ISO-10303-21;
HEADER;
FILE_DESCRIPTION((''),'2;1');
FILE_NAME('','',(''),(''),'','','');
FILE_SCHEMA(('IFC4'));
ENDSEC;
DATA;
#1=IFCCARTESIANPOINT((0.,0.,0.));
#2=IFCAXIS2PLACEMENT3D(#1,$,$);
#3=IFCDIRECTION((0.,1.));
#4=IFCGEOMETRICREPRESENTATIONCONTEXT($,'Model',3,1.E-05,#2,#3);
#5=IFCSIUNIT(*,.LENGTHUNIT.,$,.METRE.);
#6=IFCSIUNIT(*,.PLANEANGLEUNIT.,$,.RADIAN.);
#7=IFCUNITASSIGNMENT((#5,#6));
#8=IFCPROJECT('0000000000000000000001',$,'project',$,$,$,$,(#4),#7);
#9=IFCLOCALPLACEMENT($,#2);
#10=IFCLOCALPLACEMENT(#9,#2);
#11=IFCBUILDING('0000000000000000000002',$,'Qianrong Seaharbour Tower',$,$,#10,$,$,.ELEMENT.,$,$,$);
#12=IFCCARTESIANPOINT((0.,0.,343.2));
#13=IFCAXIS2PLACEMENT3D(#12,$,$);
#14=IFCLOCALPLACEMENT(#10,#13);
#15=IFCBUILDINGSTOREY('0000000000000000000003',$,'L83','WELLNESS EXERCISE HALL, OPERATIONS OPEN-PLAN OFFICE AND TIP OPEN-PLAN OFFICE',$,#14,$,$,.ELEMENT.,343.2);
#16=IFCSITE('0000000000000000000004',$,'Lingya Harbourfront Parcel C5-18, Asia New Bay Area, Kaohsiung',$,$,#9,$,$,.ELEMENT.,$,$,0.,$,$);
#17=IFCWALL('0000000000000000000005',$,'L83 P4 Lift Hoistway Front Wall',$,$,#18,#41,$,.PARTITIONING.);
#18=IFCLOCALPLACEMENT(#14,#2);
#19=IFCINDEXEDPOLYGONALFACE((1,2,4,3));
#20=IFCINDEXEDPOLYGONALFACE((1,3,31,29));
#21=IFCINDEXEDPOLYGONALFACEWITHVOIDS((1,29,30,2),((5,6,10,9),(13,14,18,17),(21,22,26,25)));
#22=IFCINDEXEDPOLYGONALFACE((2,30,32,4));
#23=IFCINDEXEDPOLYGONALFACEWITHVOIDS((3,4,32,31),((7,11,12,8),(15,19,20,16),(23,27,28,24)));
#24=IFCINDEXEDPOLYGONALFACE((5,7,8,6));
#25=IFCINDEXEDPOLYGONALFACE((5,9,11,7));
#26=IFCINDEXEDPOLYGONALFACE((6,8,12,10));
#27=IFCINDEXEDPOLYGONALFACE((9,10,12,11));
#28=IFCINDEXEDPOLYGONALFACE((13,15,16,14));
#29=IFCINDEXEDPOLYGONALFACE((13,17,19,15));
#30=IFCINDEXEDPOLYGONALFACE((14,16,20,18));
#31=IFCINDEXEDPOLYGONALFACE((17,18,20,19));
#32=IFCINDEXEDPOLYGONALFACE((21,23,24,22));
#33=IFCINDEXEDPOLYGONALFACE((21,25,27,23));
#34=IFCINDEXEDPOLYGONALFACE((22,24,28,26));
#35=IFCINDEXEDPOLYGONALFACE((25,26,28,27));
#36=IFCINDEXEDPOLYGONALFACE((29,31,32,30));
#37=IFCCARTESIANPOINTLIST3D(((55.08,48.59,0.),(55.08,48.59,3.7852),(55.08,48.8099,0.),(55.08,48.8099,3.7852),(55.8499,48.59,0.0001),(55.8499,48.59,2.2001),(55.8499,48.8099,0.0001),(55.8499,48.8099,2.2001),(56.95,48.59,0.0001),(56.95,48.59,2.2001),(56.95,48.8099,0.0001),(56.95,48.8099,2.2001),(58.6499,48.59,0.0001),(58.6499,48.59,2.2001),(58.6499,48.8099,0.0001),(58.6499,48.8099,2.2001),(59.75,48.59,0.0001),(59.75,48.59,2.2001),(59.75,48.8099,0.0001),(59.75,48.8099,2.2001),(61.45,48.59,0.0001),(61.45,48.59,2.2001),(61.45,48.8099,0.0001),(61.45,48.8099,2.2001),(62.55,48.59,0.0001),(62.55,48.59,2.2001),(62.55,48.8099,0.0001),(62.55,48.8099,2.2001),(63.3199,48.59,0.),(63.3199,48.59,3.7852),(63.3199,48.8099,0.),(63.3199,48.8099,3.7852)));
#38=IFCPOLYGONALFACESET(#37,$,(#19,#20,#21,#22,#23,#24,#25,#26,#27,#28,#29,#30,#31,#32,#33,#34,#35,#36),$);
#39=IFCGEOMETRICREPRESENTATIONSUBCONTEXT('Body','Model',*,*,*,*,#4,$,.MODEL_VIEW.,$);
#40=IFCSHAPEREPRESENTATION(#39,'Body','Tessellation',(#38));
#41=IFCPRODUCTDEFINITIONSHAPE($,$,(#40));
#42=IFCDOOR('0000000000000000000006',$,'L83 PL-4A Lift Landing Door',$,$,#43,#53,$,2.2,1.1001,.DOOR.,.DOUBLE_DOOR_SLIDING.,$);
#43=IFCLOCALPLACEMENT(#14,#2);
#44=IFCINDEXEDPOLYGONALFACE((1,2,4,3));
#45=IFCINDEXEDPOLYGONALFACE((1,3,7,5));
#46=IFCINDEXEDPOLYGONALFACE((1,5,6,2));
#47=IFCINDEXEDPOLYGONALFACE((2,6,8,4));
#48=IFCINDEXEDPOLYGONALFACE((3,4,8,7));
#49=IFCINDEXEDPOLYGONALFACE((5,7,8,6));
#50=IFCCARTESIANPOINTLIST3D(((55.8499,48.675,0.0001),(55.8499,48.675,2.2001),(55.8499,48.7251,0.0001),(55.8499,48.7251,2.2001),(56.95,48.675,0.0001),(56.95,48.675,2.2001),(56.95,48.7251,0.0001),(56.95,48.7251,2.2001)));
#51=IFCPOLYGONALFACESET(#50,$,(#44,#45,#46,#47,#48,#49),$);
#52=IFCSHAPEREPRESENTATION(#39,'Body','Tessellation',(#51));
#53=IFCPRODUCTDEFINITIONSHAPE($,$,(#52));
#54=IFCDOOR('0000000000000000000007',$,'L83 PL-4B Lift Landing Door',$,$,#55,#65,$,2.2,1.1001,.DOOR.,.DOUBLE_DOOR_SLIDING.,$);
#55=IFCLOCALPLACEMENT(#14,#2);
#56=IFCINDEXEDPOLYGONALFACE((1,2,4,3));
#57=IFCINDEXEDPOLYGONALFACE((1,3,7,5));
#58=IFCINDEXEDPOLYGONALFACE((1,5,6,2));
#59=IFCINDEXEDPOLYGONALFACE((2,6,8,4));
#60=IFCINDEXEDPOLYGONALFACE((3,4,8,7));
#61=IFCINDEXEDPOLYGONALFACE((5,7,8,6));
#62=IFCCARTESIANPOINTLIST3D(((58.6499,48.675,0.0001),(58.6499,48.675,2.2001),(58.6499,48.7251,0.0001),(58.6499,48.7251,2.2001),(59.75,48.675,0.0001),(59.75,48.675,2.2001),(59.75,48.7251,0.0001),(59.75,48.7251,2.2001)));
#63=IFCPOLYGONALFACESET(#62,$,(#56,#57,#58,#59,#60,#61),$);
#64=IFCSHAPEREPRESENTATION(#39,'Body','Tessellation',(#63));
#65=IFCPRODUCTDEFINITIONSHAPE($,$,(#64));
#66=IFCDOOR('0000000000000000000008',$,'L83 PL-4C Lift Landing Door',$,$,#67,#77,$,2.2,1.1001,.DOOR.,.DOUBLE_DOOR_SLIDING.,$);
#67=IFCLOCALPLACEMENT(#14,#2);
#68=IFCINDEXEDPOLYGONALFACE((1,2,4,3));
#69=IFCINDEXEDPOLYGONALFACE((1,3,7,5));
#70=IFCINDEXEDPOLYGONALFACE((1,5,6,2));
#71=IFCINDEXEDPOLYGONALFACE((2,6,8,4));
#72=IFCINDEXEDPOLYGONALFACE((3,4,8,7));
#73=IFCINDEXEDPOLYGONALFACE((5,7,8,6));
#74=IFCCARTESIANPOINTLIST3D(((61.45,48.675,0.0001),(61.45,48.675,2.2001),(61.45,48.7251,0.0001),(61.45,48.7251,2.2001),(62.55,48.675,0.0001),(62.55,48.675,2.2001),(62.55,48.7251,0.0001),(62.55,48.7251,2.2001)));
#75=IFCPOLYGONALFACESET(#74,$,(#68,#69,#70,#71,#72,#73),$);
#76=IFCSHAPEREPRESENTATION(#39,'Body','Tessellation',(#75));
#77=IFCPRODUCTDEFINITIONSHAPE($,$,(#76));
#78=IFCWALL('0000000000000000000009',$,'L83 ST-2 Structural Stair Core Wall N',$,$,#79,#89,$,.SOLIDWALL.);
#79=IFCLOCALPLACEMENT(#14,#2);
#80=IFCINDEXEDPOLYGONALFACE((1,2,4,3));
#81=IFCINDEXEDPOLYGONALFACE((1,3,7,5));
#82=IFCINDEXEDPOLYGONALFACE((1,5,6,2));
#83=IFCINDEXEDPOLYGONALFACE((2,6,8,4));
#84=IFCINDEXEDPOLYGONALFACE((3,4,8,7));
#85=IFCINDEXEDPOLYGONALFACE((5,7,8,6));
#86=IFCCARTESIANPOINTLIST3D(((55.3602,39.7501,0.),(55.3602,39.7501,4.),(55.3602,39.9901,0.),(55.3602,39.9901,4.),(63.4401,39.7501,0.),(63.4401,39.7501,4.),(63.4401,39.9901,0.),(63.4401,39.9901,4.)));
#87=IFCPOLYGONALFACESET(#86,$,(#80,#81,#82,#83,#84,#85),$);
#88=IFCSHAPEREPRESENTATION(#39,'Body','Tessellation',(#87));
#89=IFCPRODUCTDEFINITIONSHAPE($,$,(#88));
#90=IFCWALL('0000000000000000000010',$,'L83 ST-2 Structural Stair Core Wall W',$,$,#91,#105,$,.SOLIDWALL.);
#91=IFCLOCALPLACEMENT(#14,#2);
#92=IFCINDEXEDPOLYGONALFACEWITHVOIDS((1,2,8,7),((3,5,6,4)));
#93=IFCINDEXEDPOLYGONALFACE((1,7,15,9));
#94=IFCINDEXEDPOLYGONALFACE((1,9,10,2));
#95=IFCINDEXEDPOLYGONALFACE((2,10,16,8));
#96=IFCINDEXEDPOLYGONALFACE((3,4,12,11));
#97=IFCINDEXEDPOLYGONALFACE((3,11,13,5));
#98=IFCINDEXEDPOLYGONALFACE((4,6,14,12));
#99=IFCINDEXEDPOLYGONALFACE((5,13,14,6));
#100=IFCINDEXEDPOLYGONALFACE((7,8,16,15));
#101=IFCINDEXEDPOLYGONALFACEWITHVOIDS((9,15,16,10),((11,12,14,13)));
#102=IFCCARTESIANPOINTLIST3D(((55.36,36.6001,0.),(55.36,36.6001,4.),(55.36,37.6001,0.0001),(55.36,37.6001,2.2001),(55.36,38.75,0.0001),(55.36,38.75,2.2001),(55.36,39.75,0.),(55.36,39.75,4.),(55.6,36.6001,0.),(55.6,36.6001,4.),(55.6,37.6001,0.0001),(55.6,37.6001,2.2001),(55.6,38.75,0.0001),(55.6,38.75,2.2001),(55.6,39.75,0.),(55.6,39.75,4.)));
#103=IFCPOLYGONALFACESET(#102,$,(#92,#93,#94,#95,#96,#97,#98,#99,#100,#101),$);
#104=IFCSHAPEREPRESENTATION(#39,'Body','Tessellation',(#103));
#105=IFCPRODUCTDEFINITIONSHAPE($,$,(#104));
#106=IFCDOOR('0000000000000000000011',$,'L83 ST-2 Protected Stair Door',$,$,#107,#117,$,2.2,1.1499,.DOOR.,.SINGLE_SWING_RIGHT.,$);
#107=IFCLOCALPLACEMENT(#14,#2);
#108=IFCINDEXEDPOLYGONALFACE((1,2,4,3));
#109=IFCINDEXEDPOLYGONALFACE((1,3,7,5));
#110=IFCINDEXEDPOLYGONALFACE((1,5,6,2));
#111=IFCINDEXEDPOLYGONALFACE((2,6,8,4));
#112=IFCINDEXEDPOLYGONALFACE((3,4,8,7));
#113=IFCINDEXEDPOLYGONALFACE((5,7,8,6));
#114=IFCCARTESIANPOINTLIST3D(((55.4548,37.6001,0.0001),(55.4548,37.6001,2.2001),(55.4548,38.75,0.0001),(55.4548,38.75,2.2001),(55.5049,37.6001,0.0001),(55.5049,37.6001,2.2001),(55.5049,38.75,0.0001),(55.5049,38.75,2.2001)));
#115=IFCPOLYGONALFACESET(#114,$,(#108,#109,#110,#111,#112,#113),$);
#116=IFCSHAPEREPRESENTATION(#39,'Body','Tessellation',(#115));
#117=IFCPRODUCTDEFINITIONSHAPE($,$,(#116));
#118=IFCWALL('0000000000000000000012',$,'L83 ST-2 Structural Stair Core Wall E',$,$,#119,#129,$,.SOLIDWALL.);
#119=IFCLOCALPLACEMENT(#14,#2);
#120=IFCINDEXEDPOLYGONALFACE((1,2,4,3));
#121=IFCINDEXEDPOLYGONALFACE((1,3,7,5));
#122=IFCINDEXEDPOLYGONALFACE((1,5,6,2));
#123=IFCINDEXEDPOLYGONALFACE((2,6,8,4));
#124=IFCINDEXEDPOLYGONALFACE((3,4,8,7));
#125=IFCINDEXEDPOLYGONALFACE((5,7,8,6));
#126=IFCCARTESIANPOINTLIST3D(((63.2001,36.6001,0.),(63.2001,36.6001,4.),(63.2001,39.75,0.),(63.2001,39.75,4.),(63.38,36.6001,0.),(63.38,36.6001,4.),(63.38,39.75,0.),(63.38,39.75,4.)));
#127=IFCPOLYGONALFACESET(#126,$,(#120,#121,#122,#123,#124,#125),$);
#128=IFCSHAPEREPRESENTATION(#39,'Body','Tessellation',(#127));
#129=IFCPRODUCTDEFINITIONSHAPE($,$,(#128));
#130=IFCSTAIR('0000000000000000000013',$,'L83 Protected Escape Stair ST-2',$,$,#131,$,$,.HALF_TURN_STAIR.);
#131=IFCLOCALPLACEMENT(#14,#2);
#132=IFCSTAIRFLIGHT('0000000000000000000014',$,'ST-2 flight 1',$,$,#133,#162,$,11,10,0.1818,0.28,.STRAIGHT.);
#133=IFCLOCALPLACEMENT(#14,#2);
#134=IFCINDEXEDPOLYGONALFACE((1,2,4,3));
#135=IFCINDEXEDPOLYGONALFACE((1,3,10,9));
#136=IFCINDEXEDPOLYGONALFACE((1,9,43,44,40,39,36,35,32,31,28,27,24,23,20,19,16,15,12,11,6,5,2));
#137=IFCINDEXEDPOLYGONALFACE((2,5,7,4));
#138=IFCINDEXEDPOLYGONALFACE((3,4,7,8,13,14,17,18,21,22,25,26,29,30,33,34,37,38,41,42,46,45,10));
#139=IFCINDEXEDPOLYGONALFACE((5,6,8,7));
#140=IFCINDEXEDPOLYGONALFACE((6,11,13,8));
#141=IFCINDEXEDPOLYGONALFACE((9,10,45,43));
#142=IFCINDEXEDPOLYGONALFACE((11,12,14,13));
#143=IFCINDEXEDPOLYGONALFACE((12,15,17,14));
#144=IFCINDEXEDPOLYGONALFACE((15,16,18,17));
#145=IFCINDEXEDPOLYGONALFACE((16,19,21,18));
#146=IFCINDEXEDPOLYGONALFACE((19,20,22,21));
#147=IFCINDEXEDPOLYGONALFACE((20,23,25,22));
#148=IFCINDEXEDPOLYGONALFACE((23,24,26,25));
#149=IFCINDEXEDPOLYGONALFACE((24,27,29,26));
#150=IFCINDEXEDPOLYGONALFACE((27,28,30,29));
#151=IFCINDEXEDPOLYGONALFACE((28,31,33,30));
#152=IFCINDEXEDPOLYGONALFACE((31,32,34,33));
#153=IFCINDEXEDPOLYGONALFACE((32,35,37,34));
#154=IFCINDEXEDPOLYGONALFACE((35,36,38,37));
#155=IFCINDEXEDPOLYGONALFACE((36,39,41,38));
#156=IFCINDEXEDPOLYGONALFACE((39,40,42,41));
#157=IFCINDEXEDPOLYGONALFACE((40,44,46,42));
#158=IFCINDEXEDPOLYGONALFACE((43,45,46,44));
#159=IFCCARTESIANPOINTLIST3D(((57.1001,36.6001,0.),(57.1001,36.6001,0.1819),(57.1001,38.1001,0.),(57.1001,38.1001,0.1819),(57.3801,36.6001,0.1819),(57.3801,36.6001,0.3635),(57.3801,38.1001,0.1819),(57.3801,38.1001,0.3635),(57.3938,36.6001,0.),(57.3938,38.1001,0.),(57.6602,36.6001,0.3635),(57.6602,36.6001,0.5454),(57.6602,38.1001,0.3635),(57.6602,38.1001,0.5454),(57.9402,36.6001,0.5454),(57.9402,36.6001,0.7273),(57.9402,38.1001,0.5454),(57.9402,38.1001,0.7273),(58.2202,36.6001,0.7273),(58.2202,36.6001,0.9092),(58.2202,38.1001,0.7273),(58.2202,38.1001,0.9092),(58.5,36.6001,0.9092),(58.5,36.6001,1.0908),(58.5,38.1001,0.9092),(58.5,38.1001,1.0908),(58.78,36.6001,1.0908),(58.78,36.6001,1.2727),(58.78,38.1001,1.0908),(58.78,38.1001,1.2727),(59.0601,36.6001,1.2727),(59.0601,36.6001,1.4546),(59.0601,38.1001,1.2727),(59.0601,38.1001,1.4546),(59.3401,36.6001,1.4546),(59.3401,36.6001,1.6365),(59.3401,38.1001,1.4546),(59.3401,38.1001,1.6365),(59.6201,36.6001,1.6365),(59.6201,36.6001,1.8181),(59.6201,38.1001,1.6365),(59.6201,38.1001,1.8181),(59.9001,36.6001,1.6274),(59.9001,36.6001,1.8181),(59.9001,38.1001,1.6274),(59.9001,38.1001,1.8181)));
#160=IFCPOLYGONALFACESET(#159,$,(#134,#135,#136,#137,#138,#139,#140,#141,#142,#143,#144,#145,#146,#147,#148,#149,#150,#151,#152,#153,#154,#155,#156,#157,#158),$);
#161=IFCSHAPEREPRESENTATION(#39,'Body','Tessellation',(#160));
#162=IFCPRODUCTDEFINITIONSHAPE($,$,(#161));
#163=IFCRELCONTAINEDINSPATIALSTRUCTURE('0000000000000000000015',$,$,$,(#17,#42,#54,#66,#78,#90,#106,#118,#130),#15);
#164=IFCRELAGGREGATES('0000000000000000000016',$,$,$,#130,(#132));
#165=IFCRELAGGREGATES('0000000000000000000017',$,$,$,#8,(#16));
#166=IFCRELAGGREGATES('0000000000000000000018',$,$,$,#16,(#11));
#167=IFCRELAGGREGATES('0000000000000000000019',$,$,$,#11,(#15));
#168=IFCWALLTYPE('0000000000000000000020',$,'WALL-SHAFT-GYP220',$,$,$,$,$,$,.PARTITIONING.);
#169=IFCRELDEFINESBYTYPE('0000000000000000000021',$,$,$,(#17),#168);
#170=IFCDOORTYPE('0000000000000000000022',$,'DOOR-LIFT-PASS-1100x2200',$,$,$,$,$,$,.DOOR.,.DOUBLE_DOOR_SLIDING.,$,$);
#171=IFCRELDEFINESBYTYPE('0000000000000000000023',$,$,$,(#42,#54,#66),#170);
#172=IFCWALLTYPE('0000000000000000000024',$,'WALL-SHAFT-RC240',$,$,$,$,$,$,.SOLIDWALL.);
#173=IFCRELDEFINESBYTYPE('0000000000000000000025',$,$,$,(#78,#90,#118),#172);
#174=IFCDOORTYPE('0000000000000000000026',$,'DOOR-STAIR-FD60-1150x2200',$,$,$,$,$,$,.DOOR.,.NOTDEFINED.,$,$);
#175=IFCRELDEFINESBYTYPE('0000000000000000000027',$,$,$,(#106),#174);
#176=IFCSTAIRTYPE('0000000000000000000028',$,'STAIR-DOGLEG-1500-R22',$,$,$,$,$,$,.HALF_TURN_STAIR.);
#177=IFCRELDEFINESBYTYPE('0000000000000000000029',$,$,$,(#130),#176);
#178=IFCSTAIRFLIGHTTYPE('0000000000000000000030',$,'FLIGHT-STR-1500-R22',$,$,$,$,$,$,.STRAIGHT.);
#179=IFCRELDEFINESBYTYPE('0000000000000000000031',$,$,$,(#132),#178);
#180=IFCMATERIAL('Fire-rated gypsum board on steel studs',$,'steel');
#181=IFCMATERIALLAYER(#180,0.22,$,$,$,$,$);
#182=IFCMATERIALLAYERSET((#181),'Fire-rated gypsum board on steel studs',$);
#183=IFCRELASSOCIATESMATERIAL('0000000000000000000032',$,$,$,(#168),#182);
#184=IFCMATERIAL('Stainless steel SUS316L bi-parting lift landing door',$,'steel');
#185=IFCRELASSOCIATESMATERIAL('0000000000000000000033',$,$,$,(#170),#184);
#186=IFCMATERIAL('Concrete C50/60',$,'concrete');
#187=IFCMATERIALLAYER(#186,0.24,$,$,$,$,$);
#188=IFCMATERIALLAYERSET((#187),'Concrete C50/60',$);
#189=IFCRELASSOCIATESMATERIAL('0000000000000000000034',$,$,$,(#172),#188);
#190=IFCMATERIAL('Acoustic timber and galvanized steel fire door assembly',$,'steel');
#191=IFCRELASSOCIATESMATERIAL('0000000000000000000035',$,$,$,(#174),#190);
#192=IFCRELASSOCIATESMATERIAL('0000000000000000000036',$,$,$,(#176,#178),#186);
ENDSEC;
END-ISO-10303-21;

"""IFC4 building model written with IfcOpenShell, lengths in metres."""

from ifc_helpers import new_model, si_unit, direction, frame, frame_2d, origin, place, context, subcontext, project, spatial, polyline, rectangle, outline, extrude, material, layer, layer_set, type_object, element, fill, aggregate, save


model = new_model("IFC4")

# Units and contexts
model_context = context("Model", 3, precision=1e-05, world=origin(), true_north=direction((0.0, 1.0)))
body_context = subcontext(model_context, "Body", "Model", "MODEL_VIEW")
ifc_project = project(units=[si_unit("LENGTHUNIT", "METRE"), si_unit("PLANEANGLEUNIT", "RADIAN")], contexts=[model_context])

# Site, building, storey
site_placement = place(None, origin())
site = spatial("IfcSite", under=ifc_project, at=site_placement, Name="Lingya Harbourfront Parcel C5-18, Asia New Bay Area, Kaohsiung", CompositionType="ELEMENT", RefElevation=0.0)
building_placement = place(site_placement, origin())
building = spatial("IfcBuilding", under=site, at=building_placement, Name="Qianrong Seaharbour Tower", CompositionType="ELEMENT")
storey_placement = place(building_placement, frame((0.0, 0.0, 343.2)))
storey = spatial("IfcBuildingStorey", under=building, at=storey_placement, Name="L83", Description="WELLNESS EXERCISE HALL, OPERATIONS OPEN-PLAN OFFICE AND TIP OPEN-PLAN OFFICE", CompositionType="ELEMENT", Elevation=343.2)

# Shared definitions
ifc_material_1 = material(Name="Acoustic timber and galvanized steel fire door assembly", Category="steel")

# Shared definitions
ifc_material_2 = material(Name="Fire-rated gypsum board on steel studs", Category="steel")

# Wall, openings, doors
ifc_layer_1 = layer(ifc_material_2, 0.22)
ifc_layer_set_1 = layer_set([ifc_layer_1], Name="Fire-rated gypsum board on steel studs")
wall_type_1 = type_object("IfcWallType", Name="WALL-SHAFT-GYP220", PredefinedType="PARTITIONING", material=ifc_layer_set_1)
wall_1_placement = place(storey_placement, frame((63.3201, 48.7, 0.0), z_axis=(0.0, 0.0, 1.0), x_axis=(-1.0, 0.0, 0.0)))
wall_1 = element("IfcWall", 1, at=wall_1_placement, inside=storey, type_object=wall_type_1, Name="L83 P4 Lift Hoistway Front Wall", PredefinedType="PARTITIONING", context=body_context, shape_type="SweptSolid", body=[
    extrude(rectangle(XDim=8.24, YDim=0.22, at=frame_2d((4.1201, 0.0))), origin(), (0.0, 0.0, 1.0), 3.7852),
])
opening_1_placement = place(wall_1_placement, frame((6.3701, 0.0, 0.0)))
opening_1 = element("IfcOpeningElement", 2, at=opening_1_placement, cuts=wall_1, PredefinedType="OPENING", context=body_context, shape_type="SweptSolid", body=[
    extrude(rectangle(XDim=1.1001, YDim=2.2, at=frame_2d((0.55, 1.1001))), frame((0.0, 0.1201, 0.0), z_axis=(0.0, -1.0, 0.0), x_axis=(1.0, 0.0, 0.0)), (0.0, 0.0, 1.0), 0.24),
])
opening_2_placement = place(wall_1_placement, frame((3.5701, 0.0, 0.0)))
opening_2 = element("IfcOpeningElement", 3, at=opening_2_placement, cuts=wall_1, PredefinedType="OPENING", context=body_context, shape_type="SweptSolid", body=[
    extrude(rectangle(XDim=1.1001, YDim=2.2, at=frame_2d((0.55, 1.1001))), frame((0.0, 0.1201, 0.0), z_axis=(0.0, -1.0, 0.0), x_axis=(1.0, 0.0, 0.0)), (0.0, 0.0, 1.0), 0.24),
])
opening_3_placement = place(wall_1_placement, frame((0.77, 0.0, 0.0)))
opening_3 = element("IfcOpeningElement", 4, at=opening_3_placement, cuts=wall_1, PredefinedType="OPENING", context=body_context, shape_type="SweptSolid", body=[
    extrude(rectangle(XDim=1.1001, YDim=2.2, at=frame_2d((0.55, 1.1001))), frame((0.0, 0.1201, 0.0), z_axis=(0.0, -1.0, 0.0), x_axis=(1.0, 0.0, 0.0)), (0.0, 0.0, 1.0), 0.24),
])
ifc_material_3 = material(Name="Stainless steel SUS316L bi-parting lift landing door", Category="steel")
door_type_1 = type_object("IfcDoorType", Name="DOOR-LIFT-PASS-1100x2200", OperationType="DOUBLE_DOOR_SLIDING", PredefinedType="DOOR", material=ifc_material_3)
door_1_placement = place(opening_1_placement, origin())
door_1 = element("IfcDoor", 5, at=door_1_placement, inside=storey, type_object=door_type_1, Name="L83 PL-4A Lift Landing Door", OperationType="DOUBLE_DOOR_SLIDING", OverallHeight=2.2, OverallWidth=1.1001, PredefinedType="DOOR", context=body_context, shape_type="SweptSolid", body=[
    extrude(rectangle(XDim=1.1001, YDim=2.2, at=frame_2d((0.55, 1.1001))), frame((0.0, 0.0249, 0.0), z_axis=(0.0, -1.0, 0.0), x_axis=(1.0, 0.0, 0.0)), (0.0, 0.0, 1.0), 0.05),
])
fill(opening_1, door_1)
door_2_placement = place(opening_2_placement, origin())
door_2 = element("IfcDoor", 6, at=door_2_placement, inside=storey, type_object=door_type_1, Name="L83 PL-4B Lift Landing Door", OperationType="DOUBLE_DOOR_SLIDING", OverallHeight=2.2, OverallWidth=1.1001, PredefinedType="DOOR", context=body_context, shape_type="SweptSolid", body=[
    extrude(rectangle(XDim=1.1001, YDim=2.2, at=frame_2d((0.55, 1.1001))), frame((0.0, 0.0249, 0.0), z_axis=(0.0, -1.0, 0.0), x_axis=(1.0, 0.0, 0.0)), (0.0, 0.0, 1.0), 0.05),
])
fill(opening_2, door_2)
door_3_placement = place(opening_3_placement, origin())
door_3 = element("IfcDoor", 7, at=door_3_placement, inside=storey, type_object=door_type_1, Name="L83 PL-4C Lift Landing Door", OperationType="DOUBLE_DOOR_SLIDING", OverallHeight=2.2, OverallWidth=1.1001, PredefinedType="DOOR", context=body_context, shape_type="SweptSolid", body=[
    extrude(rectangle(XDim=1.1001, YDim=2.2, at=frame_2d((0.55, 1.1001))), frame((0.0, 0.0249, 0.0), z_axis=(0.0, -1.0, 0.0), x_axis=(1.0, 0.0, 0.0)), (0.0, 0.0, 1.0), 0.05),
])
fill(opening_3, door_3)

# Wall
ifc_material_4 = material(Name="Concrete C50/60", Category="concrete")
ifc_layer_2 = layer(ifc_material_4, 0.24)
ifc_layer_set_2 = layer_set([ifc_layer_2], Name="Concrete C50/60")
wall_type_2 = type_object("IfcWallType", Name="WALL-SHAFT-RC240", PredefinedType="SOLIDWALL", material=ifc_layer_set_2)
wall_2_placement = place(storey_placement, frame((55.3601, 39.8701, 0.0), z_axis=(0.0, 0.0, 1.0), x_axis=(1.0, 0.0, 0.0)))
element("IfcWall", 8, at=wall_2_placement, inside=storey, type_object=wall_type_2, Name="L83 ST-2 Structural Stair Core Wall N", PredefinedType="SOLIDWALL", context=body_context, shape_type="SweptSolid", body=[
    extrude(rectangle(XDim=8.0798, YDim=0.24, at=frame_2d((4.04, 0.0))), origin(), (0.0, 0.0, 1.0), 4.0),
])

# Wall, opening, door
wall_3_placement = place(storey_placement, frame((55.48, 39.75, 0.0), z_axis=(0.0, 0.0, 1.0), x_axis=(0.0, -1.0, 0.0)))
wall_3 = element("IfcWall", 9, at=wall_3_placement, inside=storey, type_object=wall_type_2, Name="L83 ST-2 Structural Stair Core Wall W", PredefinedType="SOLIDWALL", context=body_context, shape_type="SweptSolid", body=[
    extrude(rectangle(XDim=3.1499, YDim=0.24, at=frame_2d((1.575, 0.0))), origin(), (0.0, 0.0, 1.0), 4.0),
])
opening_4_placement = place(wall_3_placement, frame((1.0, 0.0, 0.0)))
opening_4 = element("IfcOpeningElement", 10, at=opening_4_placement, cuts=wall_3, PredefinedType="OPENING", context=body_context, shape_type="SweptSolid", body=[
    extrude(rectangle(XDim=1.1499, YDim=2.2, at=frame_2d((0.575, 1.1001))), frame((0.0, 0.1299, 0.0), z_axis=(0.0, -1.0, 0.0), x_axis=(1.0, 0.0, 0.0)), (0.0, 0.0, 1.0), 0.26),
])
door_type_2 = type_object("IfcDoorType", Name="DOOR-STAIR-FD60-1150x2200", OperationType="NOTDEFINED", PredefinedType="DOOR", material=ifc_material_1)
door_4_placement = place(opening_4_placement, origin())
door_4 = element("IfcDoor", 11, at=door_4_placement, inside=storey, type_object=door_type_2, Name="L83 ST-2 Protected Stair Door", OperationType="SINGLE_SWING_RIGHT", OverallHeight=2.2, OverallWidth=1.1499, PredefinedType="DOOR", context=body_context, shape_type="SweptSolid", body=[
    extrude(rectangle(XDim=1.1499, YDim=2.2, at=frame_2d((0.575, 1.1001))), frame((0.0, 0.0249, 0.0), z_axis=(0.0, -1.0, 0.0), x_axis=(1.0, 0.0, 0.0)), (0.0, 0.0, 1.0), 0.05),
])
fill(opening_4, door_4)

# Wall
wall_4_placement = place(storey_placement, frame((63.29, 36.6001, 0.0), z_axis=(0.0, 0.0, 1.0), x_axis=(0.0, 1.0, 0.0)))
element("IfcWall", 12, at=wall_4_placement, inside=storey, type_object=wall_type_2, Name="L83 ST-2 Structural Stair Core Wall E", PredefinedType="SOLIDWALL", context=body_context, shape_type="SweptSolid", body=[
    extrude(rectangle(XDim=3.1499, YDim=0.1799, at=frame_2d((1.575, 0.0))), origin(), (0.0, 0.0, 1.0), 4.0),
])

# Stair, stair flight
stair_type = type_object("IfcStairType", Name="STAIR-DOGLEG-1500-R22", PredefinedType="HALF_TURN_STAIR", material=ifc_material_4)
stair_placement = place(storey_placement, origin())
stair = element("IfcStair", 13, at=stair_placement, inside=storey, type_object=stair_type, Name="L83 Protected Escape Stair ST-2", PredefinedType="HALF_TURN_STAIR")
stair_flight_type = type_object("IfcStairFlightType", Name="FLIGHT-STR-1500-R22", PredefinedType="STRAIGHT", material=ifc_material_4)
stair_flight_1_placement = place(storey_placement, frame((57.1001, 37.3501, 0.0), z_axis=(0.0, 0.0, 1.0), x_axis=(1.0, 0.0, 0.0)))
stair_flight_1 = element("IfcStairFlight", 14, at=stair_flight_1_placement, type_object=stair_flight_type, Name="ST-2 flight 1", NumberOfRisers=11, NumberOfTreads=10, PredefinedType="STRAIGHT", RiserHeight=0.1818, TreadLength=0.28, context=body_context, shape_type="SweptSolid", body=[
    extrude(outline(polyline([(0.0, 0.0), (0.0, 0.1819), (0.28, 0.1819), (0.28, 0.3635), (0.5601, 0.3635), (0.5601, 0.5454), (0.8401, 0.5454), (0.8401, 0.7273), (1.1201, 0.7273), (1.1201, 0.9092), (1.3999, 0.9092), (1.3999, 1.0908), (1.6799, 1.0908), (1.6799, 1.2727), (1.96, 1.2727), (1.96, 1.4546), (2.24, 1.4546), (2.24, 1.6365), (2.52, 1.6365), (2.52, 1.8181), (2.8, 1.8181), (2.8, 2.0), (2.8, 1.6274), (0.2937, 0.0), (0.0, 0.0)])), frame((0.0, 0.75, 0.0), z_axis=(0.0, -1.0, 0.0), x_axis=(1.0, 0.0, 0.0)), (0.0, 0.0, 1.0), 1.5),
])
aggregate(stair, [stair_flight_1])

save(model, "model.ifc")
